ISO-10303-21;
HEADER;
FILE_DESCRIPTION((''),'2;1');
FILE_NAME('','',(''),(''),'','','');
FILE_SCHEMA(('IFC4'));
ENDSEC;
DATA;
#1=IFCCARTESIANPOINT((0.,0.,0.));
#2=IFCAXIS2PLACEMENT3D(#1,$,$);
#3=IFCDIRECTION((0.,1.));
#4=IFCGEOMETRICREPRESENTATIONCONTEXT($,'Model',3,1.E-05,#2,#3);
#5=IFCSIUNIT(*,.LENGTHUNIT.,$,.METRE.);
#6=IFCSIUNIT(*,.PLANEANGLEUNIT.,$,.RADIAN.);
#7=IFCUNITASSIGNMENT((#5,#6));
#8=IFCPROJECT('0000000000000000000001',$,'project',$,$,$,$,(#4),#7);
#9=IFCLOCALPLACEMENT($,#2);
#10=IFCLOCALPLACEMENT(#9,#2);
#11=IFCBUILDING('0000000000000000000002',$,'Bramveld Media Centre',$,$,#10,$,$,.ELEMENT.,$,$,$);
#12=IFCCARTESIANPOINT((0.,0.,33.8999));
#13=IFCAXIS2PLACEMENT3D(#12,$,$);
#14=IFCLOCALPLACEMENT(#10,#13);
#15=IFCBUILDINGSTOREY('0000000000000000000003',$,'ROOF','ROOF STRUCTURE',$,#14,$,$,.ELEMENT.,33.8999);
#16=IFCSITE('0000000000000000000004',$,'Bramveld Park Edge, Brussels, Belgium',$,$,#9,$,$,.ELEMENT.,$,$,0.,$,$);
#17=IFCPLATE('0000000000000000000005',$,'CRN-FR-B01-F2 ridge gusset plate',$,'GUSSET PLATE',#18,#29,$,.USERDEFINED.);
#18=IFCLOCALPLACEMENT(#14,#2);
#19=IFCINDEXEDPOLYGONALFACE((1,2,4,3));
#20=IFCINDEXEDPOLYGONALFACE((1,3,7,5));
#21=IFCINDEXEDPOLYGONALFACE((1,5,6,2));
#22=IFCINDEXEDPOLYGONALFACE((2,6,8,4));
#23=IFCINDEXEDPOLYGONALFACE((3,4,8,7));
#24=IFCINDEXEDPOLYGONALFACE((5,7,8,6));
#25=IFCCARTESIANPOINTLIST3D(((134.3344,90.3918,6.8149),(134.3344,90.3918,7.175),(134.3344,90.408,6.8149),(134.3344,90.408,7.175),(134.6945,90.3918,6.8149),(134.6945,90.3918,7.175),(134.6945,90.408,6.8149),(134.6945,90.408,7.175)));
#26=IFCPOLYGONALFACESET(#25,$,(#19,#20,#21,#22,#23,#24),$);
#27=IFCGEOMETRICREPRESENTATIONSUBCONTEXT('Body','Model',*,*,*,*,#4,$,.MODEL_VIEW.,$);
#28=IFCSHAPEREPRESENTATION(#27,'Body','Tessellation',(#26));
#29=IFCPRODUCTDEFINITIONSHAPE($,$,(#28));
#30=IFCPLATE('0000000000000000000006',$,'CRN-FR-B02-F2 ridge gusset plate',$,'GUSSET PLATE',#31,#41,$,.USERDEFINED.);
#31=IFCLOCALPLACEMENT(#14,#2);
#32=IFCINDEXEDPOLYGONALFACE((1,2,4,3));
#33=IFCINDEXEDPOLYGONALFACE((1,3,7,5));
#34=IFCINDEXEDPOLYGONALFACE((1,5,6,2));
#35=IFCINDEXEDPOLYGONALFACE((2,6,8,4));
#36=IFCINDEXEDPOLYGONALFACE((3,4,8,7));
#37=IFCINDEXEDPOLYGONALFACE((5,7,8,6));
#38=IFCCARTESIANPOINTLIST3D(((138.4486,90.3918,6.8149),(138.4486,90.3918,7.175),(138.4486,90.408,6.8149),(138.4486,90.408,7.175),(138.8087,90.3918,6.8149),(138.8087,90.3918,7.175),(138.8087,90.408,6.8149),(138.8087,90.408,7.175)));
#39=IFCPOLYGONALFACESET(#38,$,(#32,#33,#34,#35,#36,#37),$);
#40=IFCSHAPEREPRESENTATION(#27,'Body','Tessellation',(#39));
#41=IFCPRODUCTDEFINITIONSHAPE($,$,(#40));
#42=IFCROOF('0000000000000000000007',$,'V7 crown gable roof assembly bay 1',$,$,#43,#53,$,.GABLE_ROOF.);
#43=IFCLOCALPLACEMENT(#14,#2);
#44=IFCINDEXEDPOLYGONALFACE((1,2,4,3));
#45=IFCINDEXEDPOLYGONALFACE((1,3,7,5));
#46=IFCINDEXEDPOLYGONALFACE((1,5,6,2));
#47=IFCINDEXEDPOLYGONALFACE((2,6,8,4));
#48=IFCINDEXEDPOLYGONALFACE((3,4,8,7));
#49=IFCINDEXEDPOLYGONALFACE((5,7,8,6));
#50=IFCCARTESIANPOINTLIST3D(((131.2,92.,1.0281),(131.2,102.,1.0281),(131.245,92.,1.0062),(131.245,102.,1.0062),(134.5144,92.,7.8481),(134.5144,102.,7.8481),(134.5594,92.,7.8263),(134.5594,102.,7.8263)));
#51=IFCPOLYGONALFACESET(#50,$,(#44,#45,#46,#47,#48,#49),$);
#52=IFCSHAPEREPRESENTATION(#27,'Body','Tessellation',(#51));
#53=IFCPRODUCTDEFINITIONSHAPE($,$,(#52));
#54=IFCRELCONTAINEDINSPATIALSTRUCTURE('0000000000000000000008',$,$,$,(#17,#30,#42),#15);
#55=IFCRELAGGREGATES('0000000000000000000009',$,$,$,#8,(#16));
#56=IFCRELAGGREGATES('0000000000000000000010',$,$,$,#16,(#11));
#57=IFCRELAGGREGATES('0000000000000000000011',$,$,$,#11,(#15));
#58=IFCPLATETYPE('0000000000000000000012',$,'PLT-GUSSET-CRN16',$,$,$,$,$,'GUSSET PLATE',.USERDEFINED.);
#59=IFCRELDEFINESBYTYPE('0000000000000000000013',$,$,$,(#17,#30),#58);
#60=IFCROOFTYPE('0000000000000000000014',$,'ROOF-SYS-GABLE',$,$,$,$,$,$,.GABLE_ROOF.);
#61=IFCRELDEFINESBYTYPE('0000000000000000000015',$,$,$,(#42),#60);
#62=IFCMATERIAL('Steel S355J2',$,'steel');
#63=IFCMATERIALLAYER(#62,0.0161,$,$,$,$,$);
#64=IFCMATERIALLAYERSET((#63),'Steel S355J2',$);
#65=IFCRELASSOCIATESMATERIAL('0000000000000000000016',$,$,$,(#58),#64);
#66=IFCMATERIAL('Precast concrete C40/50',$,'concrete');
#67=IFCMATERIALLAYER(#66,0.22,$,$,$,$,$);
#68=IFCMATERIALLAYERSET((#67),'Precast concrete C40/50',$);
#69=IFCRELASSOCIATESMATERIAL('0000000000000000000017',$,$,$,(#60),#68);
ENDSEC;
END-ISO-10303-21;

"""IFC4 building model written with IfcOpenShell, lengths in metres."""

from ifc_helpers import new_model, si_unit, direction, frame, origin, origin_2d, place, context, subcontext, project, spatial, polyline, rectangle, outline, extrude, material, layer, layer_set, type_object, element, save


model = new_model("IFC4")

# Units and contexts
model_context = context("Model", 3, precision=1e-05, world=origin(), true_north=direction((0.0, 1.0)))
body_context = subcontext(model_context, "Body", "Model", "MODEL_VIEW")
ifc_project = project(units=[si_unit("LENGTHUNIT", "METRE"), si_unit("PLANEANGLEUNIT", "RADIAN")], contexts=[model_context])

# Site, building, storey
site_placement = place(None, origin())
site = spatial("IfcSite", under=ifc_project, at=site_placement, Name="Bramveld Park Edge, Brussels, Belgium", CompositionType="ELEMENT", RefElevation=0.0)
building_placement = place(site_placement, origin())
building = spatial("IfcBuilding", under=site, at=building_placement, Name="Bramveld Media Centre", CompositionType="ELEMENT")
storey_placement = place(building_placement, frame((0.0, 0.0, 33.8999)))
storey = spatial("IfcBuildingStorey", under=building, at=storey_placement, Name="ROOF", Description="ROOF STRUCTURE", CompositionType="ELEMENT", Elevation=33.8999)

# Plates
ifc_material_1 = material(Name="Steel S355J2", Category="steel")
ifc_layer_1 = layer(ifc_material_1, 0.0161)
ifc_layer_set_1 = layer_set([ifc_layer_1], Name="Steel S355J2")
plate_type_1 = type_object("IfcPlateType", Name="PLT-GUSSET-CRN16", ElementType="GUSSET PLATE", PredefinedType="USERDEFINED", material=ifc_layer_set_1)
for number, where, z_axis, x_axis, name in (
    (1, (134.5144, 90.3999, 6.8149), (0.0, 0.0, 1.0), (1.0, 0.0, 0.0), "CRN-FR-B01-F2 ridge gusset plate"),
    (2, (138.6287, 90.3999, 6.8149), (0.0, 0.0, 1.0), (1.0, 0.0, 0.0), "CRN-FR-B02-F2 ridge gusset plate"),
):
    element("IfcPlate", number, at=place(storey_placement, frame(where, z_axis=z_axis, x_axis=x_axis)), inside=storey, type_object=plate_type_1, Name=name, ObjectType="GUSSET PLATE", PredefinedType="USERDEFINED", context=body_context, shape_type="SweptSolid", body=[
        extrude(rectangle(XDim=0.3601, YDim=0.0161, at=origin_2d()), origin(), (0.0, 0.0, 1.0), 0.3601),
    ])

# Roof
ifc_material_2 = material(Name="Precast concrete C40/50", Category="concrete")
ifc_layer_2 = layer(ifc_material_2, 0.22)
ifc_layer_set_2 = layer_set([ifc_layer_2], Name="Precast concrete C40/50")
roof_type = type_object("IfcRoofType", Name="ROOF-SYS-GABLE", PredefinedType="GABLE_ROOF", material=ifc_layer_set_2)
roof_placement = place(storey_placement, frame((131.2, 92.0, 1.0281), z_axis=(-0.899412, 0.0, 0.437101), x_axis=(0.437101, 0.0, 0.899412)))
element("IfcRoof", 3, at=roof_placement, inside=storey, type_object=roof_type, Name="V7 crown gable roof assembly bay 1", PredefinedType="GABLE_ROOF", context=body_context, shape_type="SweptSolid", body=[
    extrude(outline(polyline([(0.0, 0.0), (7.5828, 0.0), (7.5828, 10.0), (0.0, 10.0), (0.0, 0.0)])), origin(), (0.0, 0.0, -1.0), 0.05),
])

save(model, "model.ifc")
